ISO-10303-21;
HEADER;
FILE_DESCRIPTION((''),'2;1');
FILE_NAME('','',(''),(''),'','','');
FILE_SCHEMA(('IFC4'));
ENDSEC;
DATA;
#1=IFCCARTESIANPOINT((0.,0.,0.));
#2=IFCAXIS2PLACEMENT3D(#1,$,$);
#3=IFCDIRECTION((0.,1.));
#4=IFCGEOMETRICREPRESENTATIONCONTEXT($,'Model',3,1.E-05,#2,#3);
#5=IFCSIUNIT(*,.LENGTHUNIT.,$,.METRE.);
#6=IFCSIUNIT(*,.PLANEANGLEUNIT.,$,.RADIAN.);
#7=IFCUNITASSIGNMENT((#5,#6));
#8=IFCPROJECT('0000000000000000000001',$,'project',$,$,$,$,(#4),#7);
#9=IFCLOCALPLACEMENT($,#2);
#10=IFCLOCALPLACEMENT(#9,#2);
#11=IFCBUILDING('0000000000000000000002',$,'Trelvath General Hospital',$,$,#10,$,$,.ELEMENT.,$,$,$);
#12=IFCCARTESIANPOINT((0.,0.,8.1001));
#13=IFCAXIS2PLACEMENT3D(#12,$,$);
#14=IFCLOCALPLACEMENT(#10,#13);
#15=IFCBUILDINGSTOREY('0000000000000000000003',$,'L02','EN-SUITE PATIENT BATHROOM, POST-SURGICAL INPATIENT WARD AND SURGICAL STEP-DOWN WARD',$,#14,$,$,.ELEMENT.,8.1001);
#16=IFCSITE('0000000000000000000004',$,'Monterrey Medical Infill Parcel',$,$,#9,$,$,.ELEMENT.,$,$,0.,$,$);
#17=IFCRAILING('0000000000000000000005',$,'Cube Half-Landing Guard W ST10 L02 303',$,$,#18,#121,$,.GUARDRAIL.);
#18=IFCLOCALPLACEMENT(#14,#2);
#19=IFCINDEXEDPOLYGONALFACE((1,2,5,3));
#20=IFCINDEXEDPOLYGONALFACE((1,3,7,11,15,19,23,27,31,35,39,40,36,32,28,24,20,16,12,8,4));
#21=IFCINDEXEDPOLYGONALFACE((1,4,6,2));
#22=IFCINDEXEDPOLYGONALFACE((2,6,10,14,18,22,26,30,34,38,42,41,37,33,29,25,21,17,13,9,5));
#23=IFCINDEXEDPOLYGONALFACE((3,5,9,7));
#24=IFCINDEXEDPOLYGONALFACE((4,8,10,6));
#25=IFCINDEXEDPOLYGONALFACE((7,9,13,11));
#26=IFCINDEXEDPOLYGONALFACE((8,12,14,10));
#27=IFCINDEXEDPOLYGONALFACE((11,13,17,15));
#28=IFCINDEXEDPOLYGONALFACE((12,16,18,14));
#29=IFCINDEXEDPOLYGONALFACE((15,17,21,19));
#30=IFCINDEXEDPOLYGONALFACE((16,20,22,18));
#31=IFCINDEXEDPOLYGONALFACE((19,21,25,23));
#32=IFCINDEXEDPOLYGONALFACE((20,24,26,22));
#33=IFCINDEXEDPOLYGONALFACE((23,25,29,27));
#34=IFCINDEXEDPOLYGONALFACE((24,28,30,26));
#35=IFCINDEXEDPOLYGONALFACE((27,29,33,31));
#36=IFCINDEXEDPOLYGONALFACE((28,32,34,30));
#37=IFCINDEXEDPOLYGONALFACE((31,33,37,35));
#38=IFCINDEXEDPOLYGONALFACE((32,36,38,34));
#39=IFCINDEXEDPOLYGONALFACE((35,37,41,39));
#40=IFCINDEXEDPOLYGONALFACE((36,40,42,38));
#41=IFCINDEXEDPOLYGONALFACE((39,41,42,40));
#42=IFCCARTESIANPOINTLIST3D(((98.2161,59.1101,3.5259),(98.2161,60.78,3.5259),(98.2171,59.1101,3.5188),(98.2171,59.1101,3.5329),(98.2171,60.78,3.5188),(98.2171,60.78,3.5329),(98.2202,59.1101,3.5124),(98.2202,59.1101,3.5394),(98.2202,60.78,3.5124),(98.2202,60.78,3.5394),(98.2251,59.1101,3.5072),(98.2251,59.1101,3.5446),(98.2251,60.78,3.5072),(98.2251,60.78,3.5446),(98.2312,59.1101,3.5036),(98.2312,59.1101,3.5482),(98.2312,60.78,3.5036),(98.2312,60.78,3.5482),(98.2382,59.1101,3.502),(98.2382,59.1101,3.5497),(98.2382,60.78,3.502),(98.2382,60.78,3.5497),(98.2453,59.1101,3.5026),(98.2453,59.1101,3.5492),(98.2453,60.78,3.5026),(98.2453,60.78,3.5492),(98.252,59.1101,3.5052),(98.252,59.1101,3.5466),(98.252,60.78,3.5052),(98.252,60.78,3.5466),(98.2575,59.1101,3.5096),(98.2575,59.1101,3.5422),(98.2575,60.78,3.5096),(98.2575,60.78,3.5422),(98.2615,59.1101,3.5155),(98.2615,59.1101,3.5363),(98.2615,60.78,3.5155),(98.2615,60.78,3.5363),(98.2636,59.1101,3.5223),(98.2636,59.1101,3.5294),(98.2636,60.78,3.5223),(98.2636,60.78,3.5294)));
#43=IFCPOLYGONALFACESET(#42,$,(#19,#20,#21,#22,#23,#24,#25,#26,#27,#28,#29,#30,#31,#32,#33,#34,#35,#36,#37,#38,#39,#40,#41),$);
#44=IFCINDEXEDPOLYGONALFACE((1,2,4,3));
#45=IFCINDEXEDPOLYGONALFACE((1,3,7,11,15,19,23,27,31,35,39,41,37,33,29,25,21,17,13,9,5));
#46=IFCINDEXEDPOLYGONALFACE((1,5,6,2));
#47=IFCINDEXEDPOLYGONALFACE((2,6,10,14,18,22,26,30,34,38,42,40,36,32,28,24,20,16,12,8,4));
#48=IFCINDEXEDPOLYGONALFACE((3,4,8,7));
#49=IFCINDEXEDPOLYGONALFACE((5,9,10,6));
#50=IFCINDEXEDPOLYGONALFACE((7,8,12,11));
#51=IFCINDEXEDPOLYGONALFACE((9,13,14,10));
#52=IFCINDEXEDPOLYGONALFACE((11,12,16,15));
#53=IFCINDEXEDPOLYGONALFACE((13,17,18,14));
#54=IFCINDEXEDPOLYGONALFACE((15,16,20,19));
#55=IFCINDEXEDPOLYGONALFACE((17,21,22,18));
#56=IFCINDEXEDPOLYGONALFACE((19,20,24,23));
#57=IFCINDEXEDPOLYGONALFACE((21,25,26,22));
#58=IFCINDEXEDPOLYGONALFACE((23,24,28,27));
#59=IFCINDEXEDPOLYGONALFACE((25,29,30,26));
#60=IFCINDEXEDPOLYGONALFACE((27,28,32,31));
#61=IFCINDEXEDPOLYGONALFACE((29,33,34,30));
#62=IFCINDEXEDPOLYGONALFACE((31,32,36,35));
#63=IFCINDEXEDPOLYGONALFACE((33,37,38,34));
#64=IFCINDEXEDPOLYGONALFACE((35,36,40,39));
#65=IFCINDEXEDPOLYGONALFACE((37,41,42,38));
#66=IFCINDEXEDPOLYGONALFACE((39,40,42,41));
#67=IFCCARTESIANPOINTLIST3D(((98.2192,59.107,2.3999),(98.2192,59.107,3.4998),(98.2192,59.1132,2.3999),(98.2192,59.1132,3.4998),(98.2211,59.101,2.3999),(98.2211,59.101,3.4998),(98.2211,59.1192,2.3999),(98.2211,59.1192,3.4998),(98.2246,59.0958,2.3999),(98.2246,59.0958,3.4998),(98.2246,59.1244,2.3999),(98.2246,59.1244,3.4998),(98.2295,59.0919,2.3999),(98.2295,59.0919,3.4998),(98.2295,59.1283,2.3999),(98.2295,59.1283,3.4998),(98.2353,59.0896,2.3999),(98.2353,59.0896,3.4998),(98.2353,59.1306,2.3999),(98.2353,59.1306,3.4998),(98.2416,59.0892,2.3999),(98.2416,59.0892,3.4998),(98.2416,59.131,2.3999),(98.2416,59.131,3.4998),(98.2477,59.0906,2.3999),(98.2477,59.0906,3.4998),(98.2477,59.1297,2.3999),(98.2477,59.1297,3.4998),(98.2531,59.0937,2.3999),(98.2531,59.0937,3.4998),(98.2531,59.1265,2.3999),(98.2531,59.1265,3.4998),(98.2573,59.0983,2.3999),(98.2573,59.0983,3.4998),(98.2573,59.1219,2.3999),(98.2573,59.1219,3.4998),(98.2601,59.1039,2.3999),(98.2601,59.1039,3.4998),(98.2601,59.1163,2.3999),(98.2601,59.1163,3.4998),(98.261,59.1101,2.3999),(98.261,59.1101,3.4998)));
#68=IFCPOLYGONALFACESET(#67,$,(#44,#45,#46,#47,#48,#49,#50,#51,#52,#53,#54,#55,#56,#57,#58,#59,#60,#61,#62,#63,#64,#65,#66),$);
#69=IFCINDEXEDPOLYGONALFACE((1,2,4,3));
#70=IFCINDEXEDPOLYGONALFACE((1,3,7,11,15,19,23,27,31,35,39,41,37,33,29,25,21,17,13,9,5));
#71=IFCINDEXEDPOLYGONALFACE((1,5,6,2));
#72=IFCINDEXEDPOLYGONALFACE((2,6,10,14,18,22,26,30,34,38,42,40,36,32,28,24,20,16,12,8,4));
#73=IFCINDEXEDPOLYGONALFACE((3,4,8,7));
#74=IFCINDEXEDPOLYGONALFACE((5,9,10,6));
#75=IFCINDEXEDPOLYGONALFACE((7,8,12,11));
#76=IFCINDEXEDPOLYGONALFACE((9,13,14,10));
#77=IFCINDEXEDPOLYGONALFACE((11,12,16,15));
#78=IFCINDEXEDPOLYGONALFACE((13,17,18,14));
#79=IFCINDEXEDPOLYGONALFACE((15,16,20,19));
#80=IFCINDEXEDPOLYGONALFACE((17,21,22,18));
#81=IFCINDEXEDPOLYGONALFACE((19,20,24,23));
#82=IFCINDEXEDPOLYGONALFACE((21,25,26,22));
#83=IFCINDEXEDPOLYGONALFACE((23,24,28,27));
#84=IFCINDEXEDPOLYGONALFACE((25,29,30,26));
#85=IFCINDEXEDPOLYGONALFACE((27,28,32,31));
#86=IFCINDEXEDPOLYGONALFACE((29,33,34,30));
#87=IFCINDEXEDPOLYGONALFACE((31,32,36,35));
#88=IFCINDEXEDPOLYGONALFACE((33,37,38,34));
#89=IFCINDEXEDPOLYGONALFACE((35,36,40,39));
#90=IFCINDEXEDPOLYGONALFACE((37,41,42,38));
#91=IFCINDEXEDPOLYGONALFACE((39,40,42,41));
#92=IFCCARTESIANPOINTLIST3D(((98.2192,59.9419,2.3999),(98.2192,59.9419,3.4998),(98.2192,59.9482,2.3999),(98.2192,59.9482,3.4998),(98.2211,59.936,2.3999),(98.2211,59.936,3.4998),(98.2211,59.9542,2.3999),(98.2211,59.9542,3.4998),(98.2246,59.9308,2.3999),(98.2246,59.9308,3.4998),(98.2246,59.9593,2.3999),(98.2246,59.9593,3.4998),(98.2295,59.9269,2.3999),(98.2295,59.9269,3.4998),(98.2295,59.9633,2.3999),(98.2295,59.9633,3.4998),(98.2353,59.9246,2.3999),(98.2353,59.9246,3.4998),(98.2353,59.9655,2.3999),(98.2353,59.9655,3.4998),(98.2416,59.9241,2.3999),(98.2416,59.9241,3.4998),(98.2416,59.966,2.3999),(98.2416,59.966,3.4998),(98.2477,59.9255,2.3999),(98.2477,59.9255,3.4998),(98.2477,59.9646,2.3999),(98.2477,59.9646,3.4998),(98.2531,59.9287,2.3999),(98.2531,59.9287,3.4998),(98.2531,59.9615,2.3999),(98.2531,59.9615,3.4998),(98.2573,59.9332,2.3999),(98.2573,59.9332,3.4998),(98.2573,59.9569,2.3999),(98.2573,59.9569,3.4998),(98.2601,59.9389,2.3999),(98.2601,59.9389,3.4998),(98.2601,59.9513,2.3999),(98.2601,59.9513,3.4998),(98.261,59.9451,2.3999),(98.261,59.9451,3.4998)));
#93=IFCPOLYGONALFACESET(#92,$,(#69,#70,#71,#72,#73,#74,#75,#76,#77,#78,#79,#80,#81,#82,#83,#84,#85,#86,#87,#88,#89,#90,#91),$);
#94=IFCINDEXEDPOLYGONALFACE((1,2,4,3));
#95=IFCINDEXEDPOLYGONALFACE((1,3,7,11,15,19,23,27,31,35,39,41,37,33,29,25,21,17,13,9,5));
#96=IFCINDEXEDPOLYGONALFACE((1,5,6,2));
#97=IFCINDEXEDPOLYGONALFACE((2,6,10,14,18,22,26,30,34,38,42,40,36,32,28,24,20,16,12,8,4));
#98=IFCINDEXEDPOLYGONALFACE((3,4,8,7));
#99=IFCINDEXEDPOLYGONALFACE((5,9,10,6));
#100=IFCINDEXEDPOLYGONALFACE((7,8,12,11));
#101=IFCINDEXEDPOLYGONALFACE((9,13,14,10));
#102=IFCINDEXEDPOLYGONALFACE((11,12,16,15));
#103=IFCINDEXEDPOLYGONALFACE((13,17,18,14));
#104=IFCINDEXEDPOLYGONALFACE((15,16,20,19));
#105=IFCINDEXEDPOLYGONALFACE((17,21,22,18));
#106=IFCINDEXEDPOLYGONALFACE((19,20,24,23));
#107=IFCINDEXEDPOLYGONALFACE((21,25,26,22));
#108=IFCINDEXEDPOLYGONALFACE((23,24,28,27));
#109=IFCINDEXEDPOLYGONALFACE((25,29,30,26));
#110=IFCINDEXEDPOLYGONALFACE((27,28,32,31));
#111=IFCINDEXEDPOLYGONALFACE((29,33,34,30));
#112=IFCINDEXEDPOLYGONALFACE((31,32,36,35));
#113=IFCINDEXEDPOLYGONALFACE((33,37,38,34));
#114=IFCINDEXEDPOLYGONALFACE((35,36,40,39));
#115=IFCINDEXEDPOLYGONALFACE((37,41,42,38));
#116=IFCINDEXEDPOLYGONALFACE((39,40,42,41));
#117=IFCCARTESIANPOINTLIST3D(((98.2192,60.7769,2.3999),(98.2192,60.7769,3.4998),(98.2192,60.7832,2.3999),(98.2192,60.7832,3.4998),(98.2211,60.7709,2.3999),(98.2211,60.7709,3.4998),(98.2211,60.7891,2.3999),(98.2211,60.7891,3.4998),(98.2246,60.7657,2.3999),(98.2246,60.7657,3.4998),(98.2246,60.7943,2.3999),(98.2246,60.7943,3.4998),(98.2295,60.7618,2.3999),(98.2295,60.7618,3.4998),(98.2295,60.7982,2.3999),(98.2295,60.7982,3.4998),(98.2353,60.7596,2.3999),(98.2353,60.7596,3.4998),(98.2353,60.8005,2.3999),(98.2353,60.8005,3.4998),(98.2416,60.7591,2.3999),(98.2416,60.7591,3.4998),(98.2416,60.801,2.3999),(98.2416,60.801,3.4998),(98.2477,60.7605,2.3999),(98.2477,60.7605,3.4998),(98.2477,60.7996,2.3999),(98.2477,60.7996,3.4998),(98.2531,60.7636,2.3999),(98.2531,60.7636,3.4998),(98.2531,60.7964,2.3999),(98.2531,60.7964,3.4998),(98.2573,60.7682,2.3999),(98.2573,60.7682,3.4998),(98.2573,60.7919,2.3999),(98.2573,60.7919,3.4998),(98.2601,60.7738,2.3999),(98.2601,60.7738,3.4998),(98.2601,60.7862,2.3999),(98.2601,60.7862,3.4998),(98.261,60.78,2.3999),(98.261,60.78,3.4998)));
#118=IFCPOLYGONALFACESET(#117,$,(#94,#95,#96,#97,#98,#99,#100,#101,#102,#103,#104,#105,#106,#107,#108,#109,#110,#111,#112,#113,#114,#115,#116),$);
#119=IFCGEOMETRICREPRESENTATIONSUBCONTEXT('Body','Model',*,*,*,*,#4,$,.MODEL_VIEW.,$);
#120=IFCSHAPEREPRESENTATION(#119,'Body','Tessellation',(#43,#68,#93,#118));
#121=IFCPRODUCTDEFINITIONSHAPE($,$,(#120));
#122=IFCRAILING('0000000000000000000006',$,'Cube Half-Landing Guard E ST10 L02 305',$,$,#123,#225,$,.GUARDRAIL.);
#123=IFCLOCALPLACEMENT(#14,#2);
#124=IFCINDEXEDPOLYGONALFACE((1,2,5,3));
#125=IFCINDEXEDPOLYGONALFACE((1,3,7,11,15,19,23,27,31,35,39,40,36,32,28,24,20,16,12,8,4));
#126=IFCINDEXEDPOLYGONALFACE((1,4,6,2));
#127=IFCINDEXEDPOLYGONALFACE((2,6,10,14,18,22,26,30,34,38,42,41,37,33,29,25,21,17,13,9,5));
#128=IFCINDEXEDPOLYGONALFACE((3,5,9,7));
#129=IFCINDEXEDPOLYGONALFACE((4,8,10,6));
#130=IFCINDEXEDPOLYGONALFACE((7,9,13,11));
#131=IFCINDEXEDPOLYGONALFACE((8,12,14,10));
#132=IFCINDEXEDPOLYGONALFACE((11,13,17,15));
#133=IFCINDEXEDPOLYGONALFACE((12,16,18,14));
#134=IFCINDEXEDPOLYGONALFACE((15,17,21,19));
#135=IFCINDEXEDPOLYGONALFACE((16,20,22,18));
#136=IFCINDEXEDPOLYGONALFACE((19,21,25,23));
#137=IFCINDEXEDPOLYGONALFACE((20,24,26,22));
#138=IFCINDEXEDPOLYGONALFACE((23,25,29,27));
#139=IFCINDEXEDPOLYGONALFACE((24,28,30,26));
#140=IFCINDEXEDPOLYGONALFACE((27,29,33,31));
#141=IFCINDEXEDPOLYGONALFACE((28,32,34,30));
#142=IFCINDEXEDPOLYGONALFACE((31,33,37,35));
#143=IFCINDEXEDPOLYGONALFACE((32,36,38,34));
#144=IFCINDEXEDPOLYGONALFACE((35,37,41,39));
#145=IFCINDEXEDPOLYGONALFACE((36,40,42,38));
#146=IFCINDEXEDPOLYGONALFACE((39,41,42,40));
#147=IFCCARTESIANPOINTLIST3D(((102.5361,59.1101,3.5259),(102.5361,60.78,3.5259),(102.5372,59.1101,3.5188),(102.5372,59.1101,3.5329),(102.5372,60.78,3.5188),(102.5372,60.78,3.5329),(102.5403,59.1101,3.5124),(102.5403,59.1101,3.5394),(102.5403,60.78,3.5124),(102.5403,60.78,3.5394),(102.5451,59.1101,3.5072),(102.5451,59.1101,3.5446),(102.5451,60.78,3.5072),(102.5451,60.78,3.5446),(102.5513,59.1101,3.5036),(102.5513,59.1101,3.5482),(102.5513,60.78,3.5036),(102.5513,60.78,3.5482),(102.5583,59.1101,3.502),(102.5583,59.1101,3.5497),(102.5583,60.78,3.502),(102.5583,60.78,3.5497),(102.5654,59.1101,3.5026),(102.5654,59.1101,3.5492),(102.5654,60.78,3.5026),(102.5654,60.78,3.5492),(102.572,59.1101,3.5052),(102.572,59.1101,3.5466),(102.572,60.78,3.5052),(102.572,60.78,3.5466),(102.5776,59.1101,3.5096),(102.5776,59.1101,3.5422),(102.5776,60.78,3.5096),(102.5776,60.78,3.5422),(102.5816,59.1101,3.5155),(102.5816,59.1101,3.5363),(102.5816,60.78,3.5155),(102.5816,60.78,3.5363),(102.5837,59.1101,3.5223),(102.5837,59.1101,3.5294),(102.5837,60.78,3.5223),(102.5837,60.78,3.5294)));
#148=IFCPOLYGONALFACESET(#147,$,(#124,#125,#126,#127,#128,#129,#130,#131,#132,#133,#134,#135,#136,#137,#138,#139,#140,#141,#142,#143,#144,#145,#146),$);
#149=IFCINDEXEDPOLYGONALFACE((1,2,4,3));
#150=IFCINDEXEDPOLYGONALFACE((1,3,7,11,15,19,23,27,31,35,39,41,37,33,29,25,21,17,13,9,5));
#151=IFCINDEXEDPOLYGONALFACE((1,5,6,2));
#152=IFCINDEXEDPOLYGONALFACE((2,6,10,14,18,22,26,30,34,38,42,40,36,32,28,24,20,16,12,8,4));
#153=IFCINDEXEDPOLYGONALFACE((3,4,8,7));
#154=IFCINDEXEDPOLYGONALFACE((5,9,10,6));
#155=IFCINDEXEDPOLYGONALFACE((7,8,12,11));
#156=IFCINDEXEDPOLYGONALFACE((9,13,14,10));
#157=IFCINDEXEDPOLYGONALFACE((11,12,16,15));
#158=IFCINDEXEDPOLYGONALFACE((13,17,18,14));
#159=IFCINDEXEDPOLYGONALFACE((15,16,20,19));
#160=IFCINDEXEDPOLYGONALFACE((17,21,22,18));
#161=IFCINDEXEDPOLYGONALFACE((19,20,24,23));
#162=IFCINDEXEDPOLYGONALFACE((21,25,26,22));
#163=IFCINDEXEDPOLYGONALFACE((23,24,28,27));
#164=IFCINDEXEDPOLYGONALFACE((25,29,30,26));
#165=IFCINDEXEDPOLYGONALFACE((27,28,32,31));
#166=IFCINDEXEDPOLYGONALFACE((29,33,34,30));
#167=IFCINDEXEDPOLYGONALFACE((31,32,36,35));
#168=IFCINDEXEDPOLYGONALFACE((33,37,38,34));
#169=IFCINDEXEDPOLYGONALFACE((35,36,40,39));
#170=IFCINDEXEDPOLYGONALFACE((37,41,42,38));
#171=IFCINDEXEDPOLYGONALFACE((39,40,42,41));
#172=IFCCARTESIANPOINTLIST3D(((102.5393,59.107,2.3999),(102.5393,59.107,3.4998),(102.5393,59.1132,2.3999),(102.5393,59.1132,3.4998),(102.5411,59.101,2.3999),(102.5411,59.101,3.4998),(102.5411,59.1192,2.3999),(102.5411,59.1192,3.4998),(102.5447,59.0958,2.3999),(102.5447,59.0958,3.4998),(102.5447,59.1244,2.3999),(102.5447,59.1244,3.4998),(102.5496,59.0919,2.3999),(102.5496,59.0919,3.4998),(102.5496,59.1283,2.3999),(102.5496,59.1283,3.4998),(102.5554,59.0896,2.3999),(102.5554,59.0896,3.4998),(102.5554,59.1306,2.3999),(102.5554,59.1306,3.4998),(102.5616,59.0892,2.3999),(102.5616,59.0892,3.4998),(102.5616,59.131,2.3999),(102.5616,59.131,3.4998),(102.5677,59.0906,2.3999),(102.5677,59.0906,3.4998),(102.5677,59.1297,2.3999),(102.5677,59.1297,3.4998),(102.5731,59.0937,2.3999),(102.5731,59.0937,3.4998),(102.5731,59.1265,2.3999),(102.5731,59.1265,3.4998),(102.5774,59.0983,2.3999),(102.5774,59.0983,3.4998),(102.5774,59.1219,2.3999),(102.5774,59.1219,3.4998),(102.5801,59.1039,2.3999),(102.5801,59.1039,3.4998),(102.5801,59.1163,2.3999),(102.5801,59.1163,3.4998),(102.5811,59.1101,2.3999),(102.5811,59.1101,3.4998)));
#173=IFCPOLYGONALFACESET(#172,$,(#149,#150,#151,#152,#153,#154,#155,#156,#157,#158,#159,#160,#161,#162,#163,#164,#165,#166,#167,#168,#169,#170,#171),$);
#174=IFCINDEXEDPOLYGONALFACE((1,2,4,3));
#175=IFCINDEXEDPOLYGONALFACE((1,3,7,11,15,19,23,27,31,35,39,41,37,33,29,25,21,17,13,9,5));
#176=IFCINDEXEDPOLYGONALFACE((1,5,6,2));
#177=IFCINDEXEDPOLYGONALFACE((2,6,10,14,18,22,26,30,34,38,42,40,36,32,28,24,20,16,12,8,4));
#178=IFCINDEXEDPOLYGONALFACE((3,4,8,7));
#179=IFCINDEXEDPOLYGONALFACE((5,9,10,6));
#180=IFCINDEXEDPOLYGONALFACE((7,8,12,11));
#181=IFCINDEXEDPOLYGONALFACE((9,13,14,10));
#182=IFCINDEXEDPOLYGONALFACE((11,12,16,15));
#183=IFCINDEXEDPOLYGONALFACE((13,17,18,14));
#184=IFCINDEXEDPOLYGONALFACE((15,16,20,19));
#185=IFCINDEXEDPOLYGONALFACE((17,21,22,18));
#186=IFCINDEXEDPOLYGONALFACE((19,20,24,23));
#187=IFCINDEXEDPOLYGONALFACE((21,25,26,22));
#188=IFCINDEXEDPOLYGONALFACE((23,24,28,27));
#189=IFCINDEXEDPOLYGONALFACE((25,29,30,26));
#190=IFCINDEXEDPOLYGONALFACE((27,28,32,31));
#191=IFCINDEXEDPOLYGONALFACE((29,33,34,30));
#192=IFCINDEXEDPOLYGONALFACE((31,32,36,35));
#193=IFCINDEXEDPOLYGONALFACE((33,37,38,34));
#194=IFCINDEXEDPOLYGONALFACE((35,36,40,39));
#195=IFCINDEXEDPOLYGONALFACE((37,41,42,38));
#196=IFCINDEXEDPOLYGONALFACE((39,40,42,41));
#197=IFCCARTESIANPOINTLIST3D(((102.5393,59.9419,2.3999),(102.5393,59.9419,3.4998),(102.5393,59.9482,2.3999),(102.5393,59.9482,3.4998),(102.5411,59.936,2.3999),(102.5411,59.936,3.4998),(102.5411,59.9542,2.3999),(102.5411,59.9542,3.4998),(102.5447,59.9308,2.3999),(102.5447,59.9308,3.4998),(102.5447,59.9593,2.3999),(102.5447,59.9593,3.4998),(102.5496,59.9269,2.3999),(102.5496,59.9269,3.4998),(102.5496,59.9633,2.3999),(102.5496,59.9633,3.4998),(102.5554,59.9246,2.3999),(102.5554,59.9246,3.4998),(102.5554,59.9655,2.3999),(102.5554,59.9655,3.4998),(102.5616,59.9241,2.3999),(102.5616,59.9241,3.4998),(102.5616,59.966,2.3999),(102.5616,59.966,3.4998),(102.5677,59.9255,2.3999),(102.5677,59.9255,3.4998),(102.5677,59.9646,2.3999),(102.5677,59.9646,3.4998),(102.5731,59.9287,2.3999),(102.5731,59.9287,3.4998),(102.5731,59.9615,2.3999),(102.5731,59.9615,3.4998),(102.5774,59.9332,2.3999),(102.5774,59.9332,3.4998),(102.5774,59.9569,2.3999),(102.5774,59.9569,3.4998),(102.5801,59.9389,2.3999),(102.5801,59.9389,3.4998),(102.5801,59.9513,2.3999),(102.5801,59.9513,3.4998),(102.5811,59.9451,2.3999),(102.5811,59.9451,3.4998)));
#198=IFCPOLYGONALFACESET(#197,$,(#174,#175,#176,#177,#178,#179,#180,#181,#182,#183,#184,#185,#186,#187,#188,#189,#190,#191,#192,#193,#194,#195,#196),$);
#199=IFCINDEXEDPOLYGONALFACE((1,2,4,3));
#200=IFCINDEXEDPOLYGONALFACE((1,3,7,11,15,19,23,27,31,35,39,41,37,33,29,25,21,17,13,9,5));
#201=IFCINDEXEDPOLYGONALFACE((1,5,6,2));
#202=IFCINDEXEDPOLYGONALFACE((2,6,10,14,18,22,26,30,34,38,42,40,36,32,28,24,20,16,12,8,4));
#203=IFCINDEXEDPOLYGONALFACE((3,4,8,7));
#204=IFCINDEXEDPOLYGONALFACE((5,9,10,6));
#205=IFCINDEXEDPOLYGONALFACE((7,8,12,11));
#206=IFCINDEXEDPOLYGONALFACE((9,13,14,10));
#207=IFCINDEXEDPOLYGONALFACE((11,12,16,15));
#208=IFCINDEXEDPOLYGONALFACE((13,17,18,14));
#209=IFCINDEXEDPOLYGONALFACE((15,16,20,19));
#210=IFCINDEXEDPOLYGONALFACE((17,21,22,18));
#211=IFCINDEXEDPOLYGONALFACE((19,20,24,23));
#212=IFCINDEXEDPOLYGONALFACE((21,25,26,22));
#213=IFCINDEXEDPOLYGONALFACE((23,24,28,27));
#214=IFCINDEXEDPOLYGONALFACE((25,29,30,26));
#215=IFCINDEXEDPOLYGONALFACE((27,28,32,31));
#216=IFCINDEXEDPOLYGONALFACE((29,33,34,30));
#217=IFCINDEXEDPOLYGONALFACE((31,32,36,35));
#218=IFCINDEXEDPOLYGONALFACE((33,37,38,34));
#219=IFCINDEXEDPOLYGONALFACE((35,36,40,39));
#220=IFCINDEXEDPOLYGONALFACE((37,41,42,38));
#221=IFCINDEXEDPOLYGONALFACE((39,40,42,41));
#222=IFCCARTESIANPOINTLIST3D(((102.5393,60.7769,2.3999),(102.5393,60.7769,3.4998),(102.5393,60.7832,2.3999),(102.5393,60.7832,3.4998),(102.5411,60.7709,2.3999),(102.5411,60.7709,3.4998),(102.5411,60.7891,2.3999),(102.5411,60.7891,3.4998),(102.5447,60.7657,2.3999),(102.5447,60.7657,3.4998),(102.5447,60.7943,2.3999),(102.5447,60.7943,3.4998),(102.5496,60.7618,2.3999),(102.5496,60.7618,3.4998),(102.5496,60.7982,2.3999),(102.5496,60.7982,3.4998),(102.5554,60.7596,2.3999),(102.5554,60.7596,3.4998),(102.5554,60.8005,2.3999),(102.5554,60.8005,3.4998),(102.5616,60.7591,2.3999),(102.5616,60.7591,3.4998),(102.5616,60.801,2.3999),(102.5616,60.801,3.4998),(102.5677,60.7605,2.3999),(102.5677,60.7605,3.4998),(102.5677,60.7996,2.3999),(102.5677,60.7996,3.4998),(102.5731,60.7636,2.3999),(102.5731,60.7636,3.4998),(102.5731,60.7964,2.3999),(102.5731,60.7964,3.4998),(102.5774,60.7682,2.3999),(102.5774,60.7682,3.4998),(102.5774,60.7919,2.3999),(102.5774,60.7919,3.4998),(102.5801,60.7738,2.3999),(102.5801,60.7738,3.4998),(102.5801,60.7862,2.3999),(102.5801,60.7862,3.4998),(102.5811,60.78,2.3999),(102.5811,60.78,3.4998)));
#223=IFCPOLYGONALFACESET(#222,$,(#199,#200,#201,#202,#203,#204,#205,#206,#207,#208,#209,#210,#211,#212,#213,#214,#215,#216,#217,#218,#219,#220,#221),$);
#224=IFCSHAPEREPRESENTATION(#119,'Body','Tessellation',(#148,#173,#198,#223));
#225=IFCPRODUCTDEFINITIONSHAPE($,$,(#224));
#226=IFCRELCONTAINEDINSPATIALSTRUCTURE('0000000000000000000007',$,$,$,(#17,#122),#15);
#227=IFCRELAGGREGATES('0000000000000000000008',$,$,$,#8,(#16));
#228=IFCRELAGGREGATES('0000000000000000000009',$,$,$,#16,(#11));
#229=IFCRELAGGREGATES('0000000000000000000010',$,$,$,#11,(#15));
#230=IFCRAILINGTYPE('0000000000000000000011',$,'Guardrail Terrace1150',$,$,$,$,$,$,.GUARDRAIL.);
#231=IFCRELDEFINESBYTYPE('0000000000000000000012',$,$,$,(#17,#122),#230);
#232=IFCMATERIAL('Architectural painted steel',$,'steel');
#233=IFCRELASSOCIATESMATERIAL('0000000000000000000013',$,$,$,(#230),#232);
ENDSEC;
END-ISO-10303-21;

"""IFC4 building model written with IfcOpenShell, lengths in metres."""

from ifc_helpers import new_model, si_unit, direction, frame, origin, origin_2d, place, context, subcontext, project, spatial, circle, extrude, material, type_object, element, save


model = new_model("IFC4")

# Units and contexts
model_context = context("Model", 3, precision=1e-05, world=origin(), true_north=direction((0.0, 1.0)))
body_context = subcontext(model_context, "Body", "Model", "MODEL_VIEW")
ifc_project = project(units=[si_unit("LENGTHUNIT", "METRE"), si_unit("PLANEANGLEUNIT", "RADIAN")], contexts=[model_context])

# Site, building, storey
site_placement = place(None, origin())
site = spatial("IfcSite", under=ifc_project, at=site_placement, Name="Monterrey Medical Infill Parcel", CompositionType="ELEMENT", RefElevation=0.0)
building_placement = place(site_placement, origin())
building = spatial("IfcBuilding", under=site, at=building_placement, Name="Trelvath General Hospital", CompositionType="ELEMENT")
storey_placement = place(building_placement, frame((0.0, 0.0, 8.1001)))
storey = spatial("IfcBuildingStorey", under=building, at=storey_placement, Name="L02", Description="EN-SUITE PATIENT BATHROOM, POST-SURGICAL INPATIENT WARD AND SURGICAL STEP-DOWN WARD", CompositionType="ELEMENT", Elevation=8.1001)

# Railings
ifc_material_1 = material(Name="Architectural painted steel", Category="steel")
railing_type = type_object("IfcRailingType", Name="Guardrail Terrace1150", PredefinedType="GUARDRAIL", material=ifc_material_1)
for number, where, name in (
    (1, (98.24, 59.1101, 2.3999), "Cube Half-Landing Guard W ST10 L02 303"),
    (2, (102.5601, 59.1101, 2.3999), "Cube Half-Landing Guard E ST10 L02 305"),
):
    element("IfcRailing", number, at=place(storey_placement, frame(where)), inside=storey, type_object=railing_type, Name=name, PredefinedType="GUARDRAIL", context=body_context, shape_type="SweptSolid", body=[
        extrude(circle(Radius=0.0239, at=origin_2d()), frame((0.0, 0.0, 1.126), z_axis=(0.0, 1.0, 0.0), x_axis=(-1.0, 0.0, 0.0)), (0.0, 0.0, 1.0), 1.6699),
        extrude(circle(Radius=0.021, at=origin_2d()), origin(), (0.0, 0.0, 1.0), 1.0999),
        extrude(circle(Radius=0.021, at=origin_2d()), frame((0.0, 0.835, 0.0)), (0.0, 0.0, 1.0), 1.0999),
        extrude(circle(Radius=0.021, at=origin_2d()), frame((0.0, 1.6699, 0.0)), (0.0, 0.0, 1.0), 1.0999),
    ])

save(model, "model.ifc")
